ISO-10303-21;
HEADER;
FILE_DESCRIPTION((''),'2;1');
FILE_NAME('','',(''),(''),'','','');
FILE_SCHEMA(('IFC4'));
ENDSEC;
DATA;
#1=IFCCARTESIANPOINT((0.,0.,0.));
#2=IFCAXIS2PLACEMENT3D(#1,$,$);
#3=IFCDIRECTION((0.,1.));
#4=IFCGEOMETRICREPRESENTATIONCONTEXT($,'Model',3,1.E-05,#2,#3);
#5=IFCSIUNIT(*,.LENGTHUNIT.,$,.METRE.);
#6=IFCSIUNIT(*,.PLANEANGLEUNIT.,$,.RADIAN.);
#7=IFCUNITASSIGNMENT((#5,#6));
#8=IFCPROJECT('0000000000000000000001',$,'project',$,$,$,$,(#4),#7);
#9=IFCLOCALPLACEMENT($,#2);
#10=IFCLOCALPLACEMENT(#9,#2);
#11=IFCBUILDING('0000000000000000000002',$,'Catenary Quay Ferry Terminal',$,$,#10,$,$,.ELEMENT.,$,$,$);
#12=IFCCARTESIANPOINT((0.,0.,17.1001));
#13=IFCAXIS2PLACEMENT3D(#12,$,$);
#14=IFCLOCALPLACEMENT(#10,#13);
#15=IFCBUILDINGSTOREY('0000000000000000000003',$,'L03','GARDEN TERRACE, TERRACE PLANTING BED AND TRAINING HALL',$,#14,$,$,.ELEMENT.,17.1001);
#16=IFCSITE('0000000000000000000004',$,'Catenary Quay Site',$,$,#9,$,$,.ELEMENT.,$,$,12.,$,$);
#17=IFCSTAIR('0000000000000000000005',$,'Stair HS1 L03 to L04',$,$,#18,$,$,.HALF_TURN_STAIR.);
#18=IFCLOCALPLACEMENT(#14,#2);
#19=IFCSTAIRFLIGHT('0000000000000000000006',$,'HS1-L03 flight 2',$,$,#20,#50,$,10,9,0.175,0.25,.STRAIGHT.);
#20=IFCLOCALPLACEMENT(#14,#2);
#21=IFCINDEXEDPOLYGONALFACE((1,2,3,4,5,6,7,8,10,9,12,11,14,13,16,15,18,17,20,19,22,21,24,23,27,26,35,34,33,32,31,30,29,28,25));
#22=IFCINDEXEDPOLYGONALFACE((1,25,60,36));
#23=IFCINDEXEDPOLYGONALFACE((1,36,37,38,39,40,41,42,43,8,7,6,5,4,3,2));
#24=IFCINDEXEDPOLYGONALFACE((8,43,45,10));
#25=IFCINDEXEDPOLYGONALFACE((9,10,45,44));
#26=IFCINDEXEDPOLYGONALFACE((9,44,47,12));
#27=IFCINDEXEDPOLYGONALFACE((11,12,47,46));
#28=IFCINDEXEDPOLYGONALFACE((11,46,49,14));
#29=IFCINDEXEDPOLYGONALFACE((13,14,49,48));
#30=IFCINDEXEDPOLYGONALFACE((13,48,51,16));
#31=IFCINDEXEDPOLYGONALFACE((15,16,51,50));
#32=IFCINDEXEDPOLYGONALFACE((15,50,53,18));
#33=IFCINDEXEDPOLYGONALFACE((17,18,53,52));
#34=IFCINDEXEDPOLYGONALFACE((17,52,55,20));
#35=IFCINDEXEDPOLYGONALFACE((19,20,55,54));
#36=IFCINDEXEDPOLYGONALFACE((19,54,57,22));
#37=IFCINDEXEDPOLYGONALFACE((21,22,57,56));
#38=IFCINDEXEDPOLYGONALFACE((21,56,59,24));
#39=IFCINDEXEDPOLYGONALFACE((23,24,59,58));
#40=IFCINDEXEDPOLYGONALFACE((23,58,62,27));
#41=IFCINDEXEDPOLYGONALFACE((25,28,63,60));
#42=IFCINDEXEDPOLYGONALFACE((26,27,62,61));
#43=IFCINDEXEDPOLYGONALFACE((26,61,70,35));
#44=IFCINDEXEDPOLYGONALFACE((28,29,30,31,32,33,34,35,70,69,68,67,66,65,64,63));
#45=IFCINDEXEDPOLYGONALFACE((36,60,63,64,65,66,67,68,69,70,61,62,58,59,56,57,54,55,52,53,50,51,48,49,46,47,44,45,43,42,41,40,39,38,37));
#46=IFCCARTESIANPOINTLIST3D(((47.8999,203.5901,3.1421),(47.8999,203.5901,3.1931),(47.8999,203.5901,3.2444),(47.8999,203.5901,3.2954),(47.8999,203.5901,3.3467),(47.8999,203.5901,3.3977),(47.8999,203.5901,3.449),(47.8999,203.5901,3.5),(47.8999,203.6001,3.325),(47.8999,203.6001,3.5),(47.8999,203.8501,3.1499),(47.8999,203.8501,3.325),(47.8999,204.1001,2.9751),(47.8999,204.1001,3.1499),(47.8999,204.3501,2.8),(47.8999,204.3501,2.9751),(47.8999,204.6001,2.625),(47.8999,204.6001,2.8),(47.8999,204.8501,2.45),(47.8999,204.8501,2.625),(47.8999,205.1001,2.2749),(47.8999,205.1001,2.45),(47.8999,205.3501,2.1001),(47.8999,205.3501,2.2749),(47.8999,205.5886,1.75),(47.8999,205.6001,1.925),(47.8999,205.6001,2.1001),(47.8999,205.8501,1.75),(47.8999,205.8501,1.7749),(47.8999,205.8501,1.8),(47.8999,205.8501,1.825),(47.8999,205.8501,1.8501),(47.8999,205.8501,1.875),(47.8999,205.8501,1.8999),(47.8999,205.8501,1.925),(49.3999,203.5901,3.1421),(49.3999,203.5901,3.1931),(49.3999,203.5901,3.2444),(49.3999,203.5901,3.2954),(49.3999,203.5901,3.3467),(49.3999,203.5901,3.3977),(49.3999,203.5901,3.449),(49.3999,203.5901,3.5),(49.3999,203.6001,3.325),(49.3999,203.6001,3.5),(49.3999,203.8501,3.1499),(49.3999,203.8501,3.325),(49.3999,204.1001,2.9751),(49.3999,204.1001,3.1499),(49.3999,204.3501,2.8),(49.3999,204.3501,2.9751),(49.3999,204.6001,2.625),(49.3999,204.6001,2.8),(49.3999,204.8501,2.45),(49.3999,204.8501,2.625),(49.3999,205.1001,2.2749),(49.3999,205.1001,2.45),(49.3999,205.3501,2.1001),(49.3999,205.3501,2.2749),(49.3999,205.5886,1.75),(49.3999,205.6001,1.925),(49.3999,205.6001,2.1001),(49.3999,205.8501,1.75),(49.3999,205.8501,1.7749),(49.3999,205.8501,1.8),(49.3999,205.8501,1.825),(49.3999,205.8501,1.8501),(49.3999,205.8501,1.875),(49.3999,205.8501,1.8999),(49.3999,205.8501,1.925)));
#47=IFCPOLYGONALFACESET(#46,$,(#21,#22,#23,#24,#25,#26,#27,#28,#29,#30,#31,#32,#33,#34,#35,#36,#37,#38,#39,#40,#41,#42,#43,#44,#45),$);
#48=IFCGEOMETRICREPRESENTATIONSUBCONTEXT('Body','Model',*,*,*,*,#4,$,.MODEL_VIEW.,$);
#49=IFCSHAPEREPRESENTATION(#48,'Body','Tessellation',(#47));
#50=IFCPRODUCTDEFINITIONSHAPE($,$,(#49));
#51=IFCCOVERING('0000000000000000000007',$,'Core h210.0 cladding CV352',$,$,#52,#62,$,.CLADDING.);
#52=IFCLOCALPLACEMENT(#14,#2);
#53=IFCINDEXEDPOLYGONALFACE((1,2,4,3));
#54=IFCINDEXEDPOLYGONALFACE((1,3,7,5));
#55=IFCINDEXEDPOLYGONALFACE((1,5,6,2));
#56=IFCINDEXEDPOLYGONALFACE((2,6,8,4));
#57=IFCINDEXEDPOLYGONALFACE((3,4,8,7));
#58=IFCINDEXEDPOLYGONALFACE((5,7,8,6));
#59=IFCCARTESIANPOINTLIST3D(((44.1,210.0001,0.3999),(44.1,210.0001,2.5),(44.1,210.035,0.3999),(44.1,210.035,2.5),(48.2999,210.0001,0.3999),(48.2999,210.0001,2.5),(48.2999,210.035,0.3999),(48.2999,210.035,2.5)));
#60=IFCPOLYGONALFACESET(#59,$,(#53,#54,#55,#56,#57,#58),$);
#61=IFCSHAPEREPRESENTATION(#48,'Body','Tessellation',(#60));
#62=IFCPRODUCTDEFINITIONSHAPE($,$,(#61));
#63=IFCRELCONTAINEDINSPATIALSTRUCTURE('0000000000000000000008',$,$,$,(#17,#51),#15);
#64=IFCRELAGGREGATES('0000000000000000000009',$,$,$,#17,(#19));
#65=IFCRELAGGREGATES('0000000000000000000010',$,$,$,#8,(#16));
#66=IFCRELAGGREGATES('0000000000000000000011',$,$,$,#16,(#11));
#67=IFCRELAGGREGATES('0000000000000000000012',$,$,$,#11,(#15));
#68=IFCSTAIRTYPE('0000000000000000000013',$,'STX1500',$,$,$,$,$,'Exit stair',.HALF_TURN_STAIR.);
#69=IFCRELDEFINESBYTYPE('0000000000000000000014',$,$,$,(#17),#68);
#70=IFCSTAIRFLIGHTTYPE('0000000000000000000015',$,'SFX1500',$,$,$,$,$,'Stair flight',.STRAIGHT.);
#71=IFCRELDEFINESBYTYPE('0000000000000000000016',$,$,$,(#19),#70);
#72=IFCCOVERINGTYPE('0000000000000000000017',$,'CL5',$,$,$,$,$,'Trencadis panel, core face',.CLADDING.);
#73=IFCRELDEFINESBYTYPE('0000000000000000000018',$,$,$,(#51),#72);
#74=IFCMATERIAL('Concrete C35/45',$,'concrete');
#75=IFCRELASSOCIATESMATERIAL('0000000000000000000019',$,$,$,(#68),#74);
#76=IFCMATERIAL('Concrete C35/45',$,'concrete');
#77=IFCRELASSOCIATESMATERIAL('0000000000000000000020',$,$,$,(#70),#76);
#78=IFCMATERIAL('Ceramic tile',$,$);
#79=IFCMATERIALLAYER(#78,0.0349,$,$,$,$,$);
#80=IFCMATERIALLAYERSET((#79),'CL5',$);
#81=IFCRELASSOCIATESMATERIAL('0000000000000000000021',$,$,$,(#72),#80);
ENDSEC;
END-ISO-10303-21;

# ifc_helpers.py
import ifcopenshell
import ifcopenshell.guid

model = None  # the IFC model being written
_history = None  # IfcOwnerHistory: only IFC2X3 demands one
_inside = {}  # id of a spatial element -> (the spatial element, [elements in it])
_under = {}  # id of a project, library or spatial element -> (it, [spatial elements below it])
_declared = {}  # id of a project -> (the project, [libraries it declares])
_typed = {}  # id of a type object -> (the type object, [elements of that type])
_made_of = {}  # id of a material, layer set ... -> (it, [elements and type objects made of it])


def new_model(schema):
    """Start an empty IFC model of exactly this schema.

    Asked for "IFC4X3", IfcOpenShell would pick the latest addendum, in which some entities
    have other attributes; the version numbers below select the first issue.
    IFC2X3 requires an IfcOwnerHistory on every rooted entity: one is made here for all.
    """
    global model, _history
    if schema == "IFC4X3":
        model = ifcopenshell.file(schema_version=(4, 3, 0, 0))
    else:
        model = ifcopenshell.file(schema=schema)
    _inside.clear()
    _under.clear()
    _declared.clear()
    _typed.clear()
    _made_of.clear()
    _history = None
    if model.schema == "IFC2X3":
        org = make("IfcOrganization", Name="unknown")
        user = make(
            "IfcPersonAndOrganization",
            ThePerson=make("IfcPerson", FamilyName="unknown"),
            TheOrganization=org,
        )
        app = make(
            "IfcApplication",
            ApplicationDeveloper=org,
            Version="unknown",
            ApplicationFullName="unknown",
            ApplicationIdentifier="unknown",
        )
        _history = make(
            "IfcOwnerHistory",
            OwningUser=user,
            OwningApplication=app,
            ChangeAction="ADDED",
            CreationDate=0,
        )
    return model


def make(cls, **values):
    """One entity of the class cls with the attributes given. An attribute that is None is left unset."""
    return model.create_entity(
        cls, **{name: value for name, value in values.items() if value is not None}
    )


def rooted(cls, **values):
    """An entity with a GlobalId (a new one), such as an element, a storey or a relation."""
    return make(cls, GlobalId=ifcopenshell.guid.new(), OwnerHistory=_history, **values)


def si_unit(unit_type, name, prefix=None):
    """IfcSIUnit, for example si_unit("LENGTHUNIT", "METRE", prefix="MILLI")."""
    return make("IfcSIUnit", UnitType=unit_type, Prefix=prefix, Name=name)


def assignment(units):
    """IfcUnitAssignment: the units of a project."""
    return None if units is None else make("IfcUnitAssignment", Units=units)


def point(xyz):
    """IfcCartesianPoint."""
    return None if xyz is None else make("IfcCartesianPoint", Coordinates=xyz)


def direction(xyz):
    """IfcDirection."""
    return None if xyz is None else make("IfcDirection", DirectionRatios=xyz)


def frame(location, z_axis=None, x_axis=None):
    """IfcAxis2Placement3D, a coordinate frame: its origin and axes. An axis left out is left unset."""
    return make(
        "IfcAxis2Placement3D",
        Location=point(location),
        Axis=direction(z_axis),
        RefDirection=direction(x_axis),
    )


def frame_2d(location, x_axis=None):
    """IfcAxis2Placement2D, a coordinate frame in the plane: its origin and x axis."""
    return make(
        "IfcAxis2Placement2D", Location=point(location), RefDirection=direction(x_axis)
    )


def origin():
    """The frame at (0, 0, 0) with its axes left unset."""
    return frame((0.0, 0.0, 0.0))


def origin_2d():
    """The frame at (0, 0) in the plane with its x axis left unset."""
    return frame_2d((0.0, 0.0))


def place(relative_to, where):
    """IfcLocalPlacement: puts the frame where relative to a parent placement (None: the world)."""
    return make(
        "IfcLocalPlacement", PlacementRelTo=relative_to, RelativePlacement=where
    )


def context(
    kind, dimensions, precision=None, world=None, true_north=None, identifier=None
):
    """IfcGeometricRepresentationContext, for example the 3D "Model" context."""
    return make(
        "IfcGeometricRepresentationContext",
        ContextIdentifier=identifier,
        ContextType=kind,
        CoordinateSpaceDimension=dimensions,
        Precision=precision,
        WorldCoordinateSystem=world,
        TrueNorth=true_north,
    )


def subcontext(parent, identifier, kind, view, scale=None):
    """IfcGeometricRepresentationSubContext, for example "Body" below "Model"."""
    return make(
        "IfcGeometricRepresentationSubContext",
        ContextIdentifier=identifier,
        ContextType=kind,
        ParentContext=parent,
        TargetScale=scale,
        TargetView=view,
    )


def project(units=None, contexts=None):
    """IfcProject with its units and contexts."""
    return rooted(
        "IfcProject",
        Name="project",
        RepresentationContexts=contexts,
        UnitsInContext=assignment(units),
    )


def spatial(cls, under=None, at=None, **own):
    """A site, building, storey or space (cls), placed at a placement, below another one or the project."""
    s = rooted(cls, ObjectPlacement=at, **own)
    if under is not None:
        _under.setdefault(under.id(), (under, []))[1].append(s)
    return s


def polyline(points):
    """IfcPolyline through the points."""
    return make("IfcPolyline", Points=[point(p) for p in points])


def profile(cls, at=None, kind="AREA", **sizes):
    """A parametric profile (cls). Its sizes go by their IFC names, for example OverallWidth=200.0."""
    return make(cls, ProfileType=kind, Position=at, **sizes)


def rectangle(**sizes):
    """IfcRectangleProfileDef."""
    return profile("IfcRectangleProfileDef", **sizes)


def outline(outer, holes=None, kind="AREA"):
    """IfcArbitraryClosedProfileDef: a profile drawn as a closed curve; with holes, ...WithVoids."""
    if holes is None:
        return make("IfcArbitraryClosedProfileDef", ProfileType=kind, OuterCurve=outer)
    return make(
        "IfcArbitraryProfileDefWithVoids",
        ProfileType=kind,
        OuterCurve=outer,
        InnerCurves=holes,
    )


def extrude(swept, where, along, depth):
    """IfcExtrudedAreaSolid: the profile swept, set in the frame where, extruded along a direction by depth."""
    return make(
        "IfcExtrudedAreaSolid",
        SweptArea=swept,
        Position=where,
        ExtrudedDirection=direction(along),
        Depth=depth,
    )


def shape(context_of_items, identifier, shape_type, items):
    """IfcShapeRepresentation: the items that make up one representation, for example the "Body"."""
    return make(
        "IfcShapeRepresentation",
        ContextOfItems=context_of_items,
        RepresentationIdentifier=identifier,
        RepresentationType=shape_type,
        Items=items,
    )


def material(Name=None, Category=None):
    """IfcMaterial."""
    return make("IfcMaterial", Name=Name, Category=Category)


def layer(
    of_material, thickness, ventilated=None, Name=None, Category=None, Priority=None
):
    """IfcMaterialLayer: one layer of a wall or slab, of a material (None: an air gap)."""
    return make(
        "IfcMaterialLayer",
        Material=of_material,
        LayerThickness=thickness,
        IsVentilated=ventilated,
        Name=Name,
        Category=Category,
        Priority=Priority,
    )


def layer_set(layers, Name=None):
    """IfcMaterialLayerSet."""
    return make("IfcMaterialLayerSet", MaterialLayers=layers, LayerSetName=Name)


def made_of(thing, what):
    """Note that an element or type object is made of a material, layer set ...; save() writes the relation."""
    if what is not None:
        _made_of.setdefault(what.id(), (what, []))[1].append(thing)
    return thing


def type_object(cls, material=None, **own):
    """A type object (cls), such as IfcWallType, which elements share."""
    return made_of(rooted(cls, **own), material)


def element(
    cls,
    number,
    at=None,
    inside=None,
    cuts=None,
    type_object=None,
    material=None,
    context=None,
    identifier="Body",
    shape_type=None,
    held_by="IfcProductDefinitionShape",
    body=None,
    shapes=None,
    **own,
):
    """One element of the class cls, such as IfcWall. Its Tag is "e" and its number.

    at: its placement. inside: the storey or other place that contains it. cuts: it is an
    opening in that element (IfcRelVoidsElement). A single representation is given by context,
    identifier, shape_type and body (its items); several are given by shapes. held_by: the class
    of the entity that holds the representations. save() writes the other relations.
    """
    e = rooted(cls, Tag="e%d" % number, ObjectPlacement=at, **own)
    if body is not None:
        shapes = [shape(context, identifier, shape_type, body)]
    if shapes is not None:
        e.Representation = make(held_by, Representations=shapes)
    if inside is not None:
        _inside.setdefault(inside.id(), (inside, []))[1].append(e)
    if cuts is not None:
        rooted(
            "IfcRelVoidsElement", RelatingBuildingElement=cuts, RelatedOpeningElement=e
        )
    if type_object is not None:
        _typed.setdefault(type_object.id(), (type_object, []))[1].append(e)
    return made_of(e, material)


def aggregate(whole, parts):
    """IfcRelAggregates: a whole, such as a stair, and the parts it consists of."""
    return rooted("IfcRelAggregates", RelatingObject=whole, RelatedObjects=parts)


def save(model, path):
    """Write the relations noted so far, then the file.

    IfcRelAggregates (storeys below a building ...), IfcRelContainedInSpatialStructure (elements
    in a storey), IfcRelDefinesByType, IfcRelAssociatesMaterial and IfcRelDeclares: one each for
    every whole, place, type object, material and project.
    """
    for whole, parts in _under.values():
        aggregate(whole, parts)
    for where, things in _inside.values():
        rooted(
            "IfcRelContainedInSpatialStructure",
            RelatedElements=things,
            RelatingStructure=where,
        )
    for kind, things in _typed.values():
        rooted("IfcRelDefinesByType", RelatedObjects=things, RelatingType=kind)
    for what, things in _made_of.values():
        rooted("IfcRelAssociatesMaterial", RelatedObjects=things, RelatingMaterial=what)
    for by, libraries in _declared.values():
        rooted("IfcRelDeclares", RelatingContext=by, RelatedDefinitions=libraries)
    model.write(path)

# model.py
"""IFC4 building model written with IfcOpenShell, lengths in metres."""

from ifc_helpers import new_model, si_unit, direction, frame, origin, origin_2d, place, context, subcontext, project, spatial, polyline, rectangle, outline, extrude, material, layer, layer_set, type_object, element, aggregate, save


model = new_model("IFC4")

# Units and contexts
model_context = context("Model", 3, precision=1e-05, world=origin(), true_north=direction((0.0, 1.0)))
body_context = subcontext(model_context, "Body", "Model", "MODEL_VIEW")
ifc_project = project(units=[si_unit("LENGTHUNIT", "METRE"), si_unit("PLANEANGLEUNIT", "RADIAN")], contexts=[model_context])

# Site, building, storey
site_placement = place(None, origin())
site = spatial("IfcSite", under=ifc_project, at=site_placement, Name="Catenary Quay Site", CompositionType="ELEMENT", RefElevation=12.0)
building_placement = place(site_placement, origin())
building = spatial("IfcBuilding", under=site, at=building_placement, Name="Catenary Quay Ferry Terminal", CompositionType="ELEMENT")
storey_placement = place(building_placement, frame((0.0, 0.0, 17.1001)))
storey = spatial("IfcBuildingStorey", under=building, at=storey_placement, Name="L03", Description="GARDEN TERRACE, TERRACE PLANTING BED AND TRAINING HALL", CompositionType="ELEMENT", Elevation=17.1001)

# Stair, stair flight
ifc_material_1 = material(Name="Concrete C35/45", Category="concrete")
stair_type = type_object("IfcStairType", Name="STX1500", ElementType="Exit stair", PredefinedType="HALF_TURN_STAIR", material=ifc_material_1)
stair_placement = place(storey_placement, origin())
stair = element("IfcStair", 1, at=stair_placement, inside=storey, type_object=stair_type, Name="Stair HS1 L03 to L04", PredefinedType="HALF_TURN_STAIR")
ifc_material_2 = material(Name="Concrete C35/45", Category="concrete")
stair_flight_type = type_object("IfcStairFlightType", Name="SFX1500", ElementType="Stair flight", PredefinedType="STRAIGHT", material=ifc_material_2)
stair_flight_1_placement = place(storey_placement, frame((48.6499, 205.8501, 1.75), z_axis=(0.0, 0.0, 1.0), x_axis=(0.0, -1.0, 0.0)))
stair_flight_1 = element("IfcStairFlight", 2, at=stair_flight_1_placement, type_object=stair_flight_type, Name="HS1-L03 flight 2", NumberOfRisers=10, NumberOfTreads=9, PredefinedType="STRAIGHT", RiserHeight=0.175, TreadLength=0.25, context=body_context, shape_type="SweptSolid", body=[
    extrude(outline(polyline([(0.0, 0.0), (0.0, 0.0249), (0.0, 0.05), (0.0, 0.075), (0.0, 0.1001), (0.0, 0.125), (0.0, 0.1499), (0.0, 0.175), (0.25, 0.175), (0.25, 0.3501), (0.5, 0.3501), (0.5, 0.5249), (0.75, 0.5249), (0.75, 0.7), (1.0, 0.7), (1.0, 0.875), (1.25, 0.875), (1.25, 1.05), (1.5, 1.05), (1.5, 1.2251), (1.75, 1.2251), (1.75, 1.3999), (2.0, 1.3999), (2.0, 1.575), (2.25, 1.575), (2.25, 1.75), (2.26, 1.75), (2.26, 1.699), (2.26, 1.6477), (2.26, 1.5967), (2.26, 1.5454), (2.26, 1.4944), (2.26, 1.4431), (2.26, 1.3921), (0.2615, 0.0), (0.0, 0.0)])), frame((0.0, 0.75, 0.0), z_axis=(0.0, -1.0, 0.0), x_axis=(1.0, 0.0, 0.0)), (0.0, 0.0, 1.0), 1.5),
])
aggregate(stair, [stair_flight_1])

# Covering
ifc_material_3 = material(Name="Ceramic tile")
ifc_layer_1 = layer(ifc_material_3, 0.0349)
ifc_layer_set_1 = layer_set([ifc_layer_1], Name="CL5")
covering_type = type_object("IfcCoveringType", Name="CL5", ElementType="Trencadis panel, core face", PredefinedType="CLADDING", material=ifc_layer_set_1)
covering_placement = place(storey_placement, frame((46.2, 210.0176, 0.3999), z_axis=(0.0, 0.0, 1.0), x_axis=(1.0, 0.0, 0.0)))
element("IfcCovering", 3, at=covering_placement, inside=storey, type_object=covering_type, Name="Core h210.0 cladding CV352", PredefinedType="CLADDING", context=body_context, shape_type="SweptSolid", body=[
    extrude(rectangle(XDim=4.2, YDim=0.0349, at=origin_2d()), origin(), (0.0, 0.0, 1.0), 2.1001),
])

save(model, "model.ifc")
